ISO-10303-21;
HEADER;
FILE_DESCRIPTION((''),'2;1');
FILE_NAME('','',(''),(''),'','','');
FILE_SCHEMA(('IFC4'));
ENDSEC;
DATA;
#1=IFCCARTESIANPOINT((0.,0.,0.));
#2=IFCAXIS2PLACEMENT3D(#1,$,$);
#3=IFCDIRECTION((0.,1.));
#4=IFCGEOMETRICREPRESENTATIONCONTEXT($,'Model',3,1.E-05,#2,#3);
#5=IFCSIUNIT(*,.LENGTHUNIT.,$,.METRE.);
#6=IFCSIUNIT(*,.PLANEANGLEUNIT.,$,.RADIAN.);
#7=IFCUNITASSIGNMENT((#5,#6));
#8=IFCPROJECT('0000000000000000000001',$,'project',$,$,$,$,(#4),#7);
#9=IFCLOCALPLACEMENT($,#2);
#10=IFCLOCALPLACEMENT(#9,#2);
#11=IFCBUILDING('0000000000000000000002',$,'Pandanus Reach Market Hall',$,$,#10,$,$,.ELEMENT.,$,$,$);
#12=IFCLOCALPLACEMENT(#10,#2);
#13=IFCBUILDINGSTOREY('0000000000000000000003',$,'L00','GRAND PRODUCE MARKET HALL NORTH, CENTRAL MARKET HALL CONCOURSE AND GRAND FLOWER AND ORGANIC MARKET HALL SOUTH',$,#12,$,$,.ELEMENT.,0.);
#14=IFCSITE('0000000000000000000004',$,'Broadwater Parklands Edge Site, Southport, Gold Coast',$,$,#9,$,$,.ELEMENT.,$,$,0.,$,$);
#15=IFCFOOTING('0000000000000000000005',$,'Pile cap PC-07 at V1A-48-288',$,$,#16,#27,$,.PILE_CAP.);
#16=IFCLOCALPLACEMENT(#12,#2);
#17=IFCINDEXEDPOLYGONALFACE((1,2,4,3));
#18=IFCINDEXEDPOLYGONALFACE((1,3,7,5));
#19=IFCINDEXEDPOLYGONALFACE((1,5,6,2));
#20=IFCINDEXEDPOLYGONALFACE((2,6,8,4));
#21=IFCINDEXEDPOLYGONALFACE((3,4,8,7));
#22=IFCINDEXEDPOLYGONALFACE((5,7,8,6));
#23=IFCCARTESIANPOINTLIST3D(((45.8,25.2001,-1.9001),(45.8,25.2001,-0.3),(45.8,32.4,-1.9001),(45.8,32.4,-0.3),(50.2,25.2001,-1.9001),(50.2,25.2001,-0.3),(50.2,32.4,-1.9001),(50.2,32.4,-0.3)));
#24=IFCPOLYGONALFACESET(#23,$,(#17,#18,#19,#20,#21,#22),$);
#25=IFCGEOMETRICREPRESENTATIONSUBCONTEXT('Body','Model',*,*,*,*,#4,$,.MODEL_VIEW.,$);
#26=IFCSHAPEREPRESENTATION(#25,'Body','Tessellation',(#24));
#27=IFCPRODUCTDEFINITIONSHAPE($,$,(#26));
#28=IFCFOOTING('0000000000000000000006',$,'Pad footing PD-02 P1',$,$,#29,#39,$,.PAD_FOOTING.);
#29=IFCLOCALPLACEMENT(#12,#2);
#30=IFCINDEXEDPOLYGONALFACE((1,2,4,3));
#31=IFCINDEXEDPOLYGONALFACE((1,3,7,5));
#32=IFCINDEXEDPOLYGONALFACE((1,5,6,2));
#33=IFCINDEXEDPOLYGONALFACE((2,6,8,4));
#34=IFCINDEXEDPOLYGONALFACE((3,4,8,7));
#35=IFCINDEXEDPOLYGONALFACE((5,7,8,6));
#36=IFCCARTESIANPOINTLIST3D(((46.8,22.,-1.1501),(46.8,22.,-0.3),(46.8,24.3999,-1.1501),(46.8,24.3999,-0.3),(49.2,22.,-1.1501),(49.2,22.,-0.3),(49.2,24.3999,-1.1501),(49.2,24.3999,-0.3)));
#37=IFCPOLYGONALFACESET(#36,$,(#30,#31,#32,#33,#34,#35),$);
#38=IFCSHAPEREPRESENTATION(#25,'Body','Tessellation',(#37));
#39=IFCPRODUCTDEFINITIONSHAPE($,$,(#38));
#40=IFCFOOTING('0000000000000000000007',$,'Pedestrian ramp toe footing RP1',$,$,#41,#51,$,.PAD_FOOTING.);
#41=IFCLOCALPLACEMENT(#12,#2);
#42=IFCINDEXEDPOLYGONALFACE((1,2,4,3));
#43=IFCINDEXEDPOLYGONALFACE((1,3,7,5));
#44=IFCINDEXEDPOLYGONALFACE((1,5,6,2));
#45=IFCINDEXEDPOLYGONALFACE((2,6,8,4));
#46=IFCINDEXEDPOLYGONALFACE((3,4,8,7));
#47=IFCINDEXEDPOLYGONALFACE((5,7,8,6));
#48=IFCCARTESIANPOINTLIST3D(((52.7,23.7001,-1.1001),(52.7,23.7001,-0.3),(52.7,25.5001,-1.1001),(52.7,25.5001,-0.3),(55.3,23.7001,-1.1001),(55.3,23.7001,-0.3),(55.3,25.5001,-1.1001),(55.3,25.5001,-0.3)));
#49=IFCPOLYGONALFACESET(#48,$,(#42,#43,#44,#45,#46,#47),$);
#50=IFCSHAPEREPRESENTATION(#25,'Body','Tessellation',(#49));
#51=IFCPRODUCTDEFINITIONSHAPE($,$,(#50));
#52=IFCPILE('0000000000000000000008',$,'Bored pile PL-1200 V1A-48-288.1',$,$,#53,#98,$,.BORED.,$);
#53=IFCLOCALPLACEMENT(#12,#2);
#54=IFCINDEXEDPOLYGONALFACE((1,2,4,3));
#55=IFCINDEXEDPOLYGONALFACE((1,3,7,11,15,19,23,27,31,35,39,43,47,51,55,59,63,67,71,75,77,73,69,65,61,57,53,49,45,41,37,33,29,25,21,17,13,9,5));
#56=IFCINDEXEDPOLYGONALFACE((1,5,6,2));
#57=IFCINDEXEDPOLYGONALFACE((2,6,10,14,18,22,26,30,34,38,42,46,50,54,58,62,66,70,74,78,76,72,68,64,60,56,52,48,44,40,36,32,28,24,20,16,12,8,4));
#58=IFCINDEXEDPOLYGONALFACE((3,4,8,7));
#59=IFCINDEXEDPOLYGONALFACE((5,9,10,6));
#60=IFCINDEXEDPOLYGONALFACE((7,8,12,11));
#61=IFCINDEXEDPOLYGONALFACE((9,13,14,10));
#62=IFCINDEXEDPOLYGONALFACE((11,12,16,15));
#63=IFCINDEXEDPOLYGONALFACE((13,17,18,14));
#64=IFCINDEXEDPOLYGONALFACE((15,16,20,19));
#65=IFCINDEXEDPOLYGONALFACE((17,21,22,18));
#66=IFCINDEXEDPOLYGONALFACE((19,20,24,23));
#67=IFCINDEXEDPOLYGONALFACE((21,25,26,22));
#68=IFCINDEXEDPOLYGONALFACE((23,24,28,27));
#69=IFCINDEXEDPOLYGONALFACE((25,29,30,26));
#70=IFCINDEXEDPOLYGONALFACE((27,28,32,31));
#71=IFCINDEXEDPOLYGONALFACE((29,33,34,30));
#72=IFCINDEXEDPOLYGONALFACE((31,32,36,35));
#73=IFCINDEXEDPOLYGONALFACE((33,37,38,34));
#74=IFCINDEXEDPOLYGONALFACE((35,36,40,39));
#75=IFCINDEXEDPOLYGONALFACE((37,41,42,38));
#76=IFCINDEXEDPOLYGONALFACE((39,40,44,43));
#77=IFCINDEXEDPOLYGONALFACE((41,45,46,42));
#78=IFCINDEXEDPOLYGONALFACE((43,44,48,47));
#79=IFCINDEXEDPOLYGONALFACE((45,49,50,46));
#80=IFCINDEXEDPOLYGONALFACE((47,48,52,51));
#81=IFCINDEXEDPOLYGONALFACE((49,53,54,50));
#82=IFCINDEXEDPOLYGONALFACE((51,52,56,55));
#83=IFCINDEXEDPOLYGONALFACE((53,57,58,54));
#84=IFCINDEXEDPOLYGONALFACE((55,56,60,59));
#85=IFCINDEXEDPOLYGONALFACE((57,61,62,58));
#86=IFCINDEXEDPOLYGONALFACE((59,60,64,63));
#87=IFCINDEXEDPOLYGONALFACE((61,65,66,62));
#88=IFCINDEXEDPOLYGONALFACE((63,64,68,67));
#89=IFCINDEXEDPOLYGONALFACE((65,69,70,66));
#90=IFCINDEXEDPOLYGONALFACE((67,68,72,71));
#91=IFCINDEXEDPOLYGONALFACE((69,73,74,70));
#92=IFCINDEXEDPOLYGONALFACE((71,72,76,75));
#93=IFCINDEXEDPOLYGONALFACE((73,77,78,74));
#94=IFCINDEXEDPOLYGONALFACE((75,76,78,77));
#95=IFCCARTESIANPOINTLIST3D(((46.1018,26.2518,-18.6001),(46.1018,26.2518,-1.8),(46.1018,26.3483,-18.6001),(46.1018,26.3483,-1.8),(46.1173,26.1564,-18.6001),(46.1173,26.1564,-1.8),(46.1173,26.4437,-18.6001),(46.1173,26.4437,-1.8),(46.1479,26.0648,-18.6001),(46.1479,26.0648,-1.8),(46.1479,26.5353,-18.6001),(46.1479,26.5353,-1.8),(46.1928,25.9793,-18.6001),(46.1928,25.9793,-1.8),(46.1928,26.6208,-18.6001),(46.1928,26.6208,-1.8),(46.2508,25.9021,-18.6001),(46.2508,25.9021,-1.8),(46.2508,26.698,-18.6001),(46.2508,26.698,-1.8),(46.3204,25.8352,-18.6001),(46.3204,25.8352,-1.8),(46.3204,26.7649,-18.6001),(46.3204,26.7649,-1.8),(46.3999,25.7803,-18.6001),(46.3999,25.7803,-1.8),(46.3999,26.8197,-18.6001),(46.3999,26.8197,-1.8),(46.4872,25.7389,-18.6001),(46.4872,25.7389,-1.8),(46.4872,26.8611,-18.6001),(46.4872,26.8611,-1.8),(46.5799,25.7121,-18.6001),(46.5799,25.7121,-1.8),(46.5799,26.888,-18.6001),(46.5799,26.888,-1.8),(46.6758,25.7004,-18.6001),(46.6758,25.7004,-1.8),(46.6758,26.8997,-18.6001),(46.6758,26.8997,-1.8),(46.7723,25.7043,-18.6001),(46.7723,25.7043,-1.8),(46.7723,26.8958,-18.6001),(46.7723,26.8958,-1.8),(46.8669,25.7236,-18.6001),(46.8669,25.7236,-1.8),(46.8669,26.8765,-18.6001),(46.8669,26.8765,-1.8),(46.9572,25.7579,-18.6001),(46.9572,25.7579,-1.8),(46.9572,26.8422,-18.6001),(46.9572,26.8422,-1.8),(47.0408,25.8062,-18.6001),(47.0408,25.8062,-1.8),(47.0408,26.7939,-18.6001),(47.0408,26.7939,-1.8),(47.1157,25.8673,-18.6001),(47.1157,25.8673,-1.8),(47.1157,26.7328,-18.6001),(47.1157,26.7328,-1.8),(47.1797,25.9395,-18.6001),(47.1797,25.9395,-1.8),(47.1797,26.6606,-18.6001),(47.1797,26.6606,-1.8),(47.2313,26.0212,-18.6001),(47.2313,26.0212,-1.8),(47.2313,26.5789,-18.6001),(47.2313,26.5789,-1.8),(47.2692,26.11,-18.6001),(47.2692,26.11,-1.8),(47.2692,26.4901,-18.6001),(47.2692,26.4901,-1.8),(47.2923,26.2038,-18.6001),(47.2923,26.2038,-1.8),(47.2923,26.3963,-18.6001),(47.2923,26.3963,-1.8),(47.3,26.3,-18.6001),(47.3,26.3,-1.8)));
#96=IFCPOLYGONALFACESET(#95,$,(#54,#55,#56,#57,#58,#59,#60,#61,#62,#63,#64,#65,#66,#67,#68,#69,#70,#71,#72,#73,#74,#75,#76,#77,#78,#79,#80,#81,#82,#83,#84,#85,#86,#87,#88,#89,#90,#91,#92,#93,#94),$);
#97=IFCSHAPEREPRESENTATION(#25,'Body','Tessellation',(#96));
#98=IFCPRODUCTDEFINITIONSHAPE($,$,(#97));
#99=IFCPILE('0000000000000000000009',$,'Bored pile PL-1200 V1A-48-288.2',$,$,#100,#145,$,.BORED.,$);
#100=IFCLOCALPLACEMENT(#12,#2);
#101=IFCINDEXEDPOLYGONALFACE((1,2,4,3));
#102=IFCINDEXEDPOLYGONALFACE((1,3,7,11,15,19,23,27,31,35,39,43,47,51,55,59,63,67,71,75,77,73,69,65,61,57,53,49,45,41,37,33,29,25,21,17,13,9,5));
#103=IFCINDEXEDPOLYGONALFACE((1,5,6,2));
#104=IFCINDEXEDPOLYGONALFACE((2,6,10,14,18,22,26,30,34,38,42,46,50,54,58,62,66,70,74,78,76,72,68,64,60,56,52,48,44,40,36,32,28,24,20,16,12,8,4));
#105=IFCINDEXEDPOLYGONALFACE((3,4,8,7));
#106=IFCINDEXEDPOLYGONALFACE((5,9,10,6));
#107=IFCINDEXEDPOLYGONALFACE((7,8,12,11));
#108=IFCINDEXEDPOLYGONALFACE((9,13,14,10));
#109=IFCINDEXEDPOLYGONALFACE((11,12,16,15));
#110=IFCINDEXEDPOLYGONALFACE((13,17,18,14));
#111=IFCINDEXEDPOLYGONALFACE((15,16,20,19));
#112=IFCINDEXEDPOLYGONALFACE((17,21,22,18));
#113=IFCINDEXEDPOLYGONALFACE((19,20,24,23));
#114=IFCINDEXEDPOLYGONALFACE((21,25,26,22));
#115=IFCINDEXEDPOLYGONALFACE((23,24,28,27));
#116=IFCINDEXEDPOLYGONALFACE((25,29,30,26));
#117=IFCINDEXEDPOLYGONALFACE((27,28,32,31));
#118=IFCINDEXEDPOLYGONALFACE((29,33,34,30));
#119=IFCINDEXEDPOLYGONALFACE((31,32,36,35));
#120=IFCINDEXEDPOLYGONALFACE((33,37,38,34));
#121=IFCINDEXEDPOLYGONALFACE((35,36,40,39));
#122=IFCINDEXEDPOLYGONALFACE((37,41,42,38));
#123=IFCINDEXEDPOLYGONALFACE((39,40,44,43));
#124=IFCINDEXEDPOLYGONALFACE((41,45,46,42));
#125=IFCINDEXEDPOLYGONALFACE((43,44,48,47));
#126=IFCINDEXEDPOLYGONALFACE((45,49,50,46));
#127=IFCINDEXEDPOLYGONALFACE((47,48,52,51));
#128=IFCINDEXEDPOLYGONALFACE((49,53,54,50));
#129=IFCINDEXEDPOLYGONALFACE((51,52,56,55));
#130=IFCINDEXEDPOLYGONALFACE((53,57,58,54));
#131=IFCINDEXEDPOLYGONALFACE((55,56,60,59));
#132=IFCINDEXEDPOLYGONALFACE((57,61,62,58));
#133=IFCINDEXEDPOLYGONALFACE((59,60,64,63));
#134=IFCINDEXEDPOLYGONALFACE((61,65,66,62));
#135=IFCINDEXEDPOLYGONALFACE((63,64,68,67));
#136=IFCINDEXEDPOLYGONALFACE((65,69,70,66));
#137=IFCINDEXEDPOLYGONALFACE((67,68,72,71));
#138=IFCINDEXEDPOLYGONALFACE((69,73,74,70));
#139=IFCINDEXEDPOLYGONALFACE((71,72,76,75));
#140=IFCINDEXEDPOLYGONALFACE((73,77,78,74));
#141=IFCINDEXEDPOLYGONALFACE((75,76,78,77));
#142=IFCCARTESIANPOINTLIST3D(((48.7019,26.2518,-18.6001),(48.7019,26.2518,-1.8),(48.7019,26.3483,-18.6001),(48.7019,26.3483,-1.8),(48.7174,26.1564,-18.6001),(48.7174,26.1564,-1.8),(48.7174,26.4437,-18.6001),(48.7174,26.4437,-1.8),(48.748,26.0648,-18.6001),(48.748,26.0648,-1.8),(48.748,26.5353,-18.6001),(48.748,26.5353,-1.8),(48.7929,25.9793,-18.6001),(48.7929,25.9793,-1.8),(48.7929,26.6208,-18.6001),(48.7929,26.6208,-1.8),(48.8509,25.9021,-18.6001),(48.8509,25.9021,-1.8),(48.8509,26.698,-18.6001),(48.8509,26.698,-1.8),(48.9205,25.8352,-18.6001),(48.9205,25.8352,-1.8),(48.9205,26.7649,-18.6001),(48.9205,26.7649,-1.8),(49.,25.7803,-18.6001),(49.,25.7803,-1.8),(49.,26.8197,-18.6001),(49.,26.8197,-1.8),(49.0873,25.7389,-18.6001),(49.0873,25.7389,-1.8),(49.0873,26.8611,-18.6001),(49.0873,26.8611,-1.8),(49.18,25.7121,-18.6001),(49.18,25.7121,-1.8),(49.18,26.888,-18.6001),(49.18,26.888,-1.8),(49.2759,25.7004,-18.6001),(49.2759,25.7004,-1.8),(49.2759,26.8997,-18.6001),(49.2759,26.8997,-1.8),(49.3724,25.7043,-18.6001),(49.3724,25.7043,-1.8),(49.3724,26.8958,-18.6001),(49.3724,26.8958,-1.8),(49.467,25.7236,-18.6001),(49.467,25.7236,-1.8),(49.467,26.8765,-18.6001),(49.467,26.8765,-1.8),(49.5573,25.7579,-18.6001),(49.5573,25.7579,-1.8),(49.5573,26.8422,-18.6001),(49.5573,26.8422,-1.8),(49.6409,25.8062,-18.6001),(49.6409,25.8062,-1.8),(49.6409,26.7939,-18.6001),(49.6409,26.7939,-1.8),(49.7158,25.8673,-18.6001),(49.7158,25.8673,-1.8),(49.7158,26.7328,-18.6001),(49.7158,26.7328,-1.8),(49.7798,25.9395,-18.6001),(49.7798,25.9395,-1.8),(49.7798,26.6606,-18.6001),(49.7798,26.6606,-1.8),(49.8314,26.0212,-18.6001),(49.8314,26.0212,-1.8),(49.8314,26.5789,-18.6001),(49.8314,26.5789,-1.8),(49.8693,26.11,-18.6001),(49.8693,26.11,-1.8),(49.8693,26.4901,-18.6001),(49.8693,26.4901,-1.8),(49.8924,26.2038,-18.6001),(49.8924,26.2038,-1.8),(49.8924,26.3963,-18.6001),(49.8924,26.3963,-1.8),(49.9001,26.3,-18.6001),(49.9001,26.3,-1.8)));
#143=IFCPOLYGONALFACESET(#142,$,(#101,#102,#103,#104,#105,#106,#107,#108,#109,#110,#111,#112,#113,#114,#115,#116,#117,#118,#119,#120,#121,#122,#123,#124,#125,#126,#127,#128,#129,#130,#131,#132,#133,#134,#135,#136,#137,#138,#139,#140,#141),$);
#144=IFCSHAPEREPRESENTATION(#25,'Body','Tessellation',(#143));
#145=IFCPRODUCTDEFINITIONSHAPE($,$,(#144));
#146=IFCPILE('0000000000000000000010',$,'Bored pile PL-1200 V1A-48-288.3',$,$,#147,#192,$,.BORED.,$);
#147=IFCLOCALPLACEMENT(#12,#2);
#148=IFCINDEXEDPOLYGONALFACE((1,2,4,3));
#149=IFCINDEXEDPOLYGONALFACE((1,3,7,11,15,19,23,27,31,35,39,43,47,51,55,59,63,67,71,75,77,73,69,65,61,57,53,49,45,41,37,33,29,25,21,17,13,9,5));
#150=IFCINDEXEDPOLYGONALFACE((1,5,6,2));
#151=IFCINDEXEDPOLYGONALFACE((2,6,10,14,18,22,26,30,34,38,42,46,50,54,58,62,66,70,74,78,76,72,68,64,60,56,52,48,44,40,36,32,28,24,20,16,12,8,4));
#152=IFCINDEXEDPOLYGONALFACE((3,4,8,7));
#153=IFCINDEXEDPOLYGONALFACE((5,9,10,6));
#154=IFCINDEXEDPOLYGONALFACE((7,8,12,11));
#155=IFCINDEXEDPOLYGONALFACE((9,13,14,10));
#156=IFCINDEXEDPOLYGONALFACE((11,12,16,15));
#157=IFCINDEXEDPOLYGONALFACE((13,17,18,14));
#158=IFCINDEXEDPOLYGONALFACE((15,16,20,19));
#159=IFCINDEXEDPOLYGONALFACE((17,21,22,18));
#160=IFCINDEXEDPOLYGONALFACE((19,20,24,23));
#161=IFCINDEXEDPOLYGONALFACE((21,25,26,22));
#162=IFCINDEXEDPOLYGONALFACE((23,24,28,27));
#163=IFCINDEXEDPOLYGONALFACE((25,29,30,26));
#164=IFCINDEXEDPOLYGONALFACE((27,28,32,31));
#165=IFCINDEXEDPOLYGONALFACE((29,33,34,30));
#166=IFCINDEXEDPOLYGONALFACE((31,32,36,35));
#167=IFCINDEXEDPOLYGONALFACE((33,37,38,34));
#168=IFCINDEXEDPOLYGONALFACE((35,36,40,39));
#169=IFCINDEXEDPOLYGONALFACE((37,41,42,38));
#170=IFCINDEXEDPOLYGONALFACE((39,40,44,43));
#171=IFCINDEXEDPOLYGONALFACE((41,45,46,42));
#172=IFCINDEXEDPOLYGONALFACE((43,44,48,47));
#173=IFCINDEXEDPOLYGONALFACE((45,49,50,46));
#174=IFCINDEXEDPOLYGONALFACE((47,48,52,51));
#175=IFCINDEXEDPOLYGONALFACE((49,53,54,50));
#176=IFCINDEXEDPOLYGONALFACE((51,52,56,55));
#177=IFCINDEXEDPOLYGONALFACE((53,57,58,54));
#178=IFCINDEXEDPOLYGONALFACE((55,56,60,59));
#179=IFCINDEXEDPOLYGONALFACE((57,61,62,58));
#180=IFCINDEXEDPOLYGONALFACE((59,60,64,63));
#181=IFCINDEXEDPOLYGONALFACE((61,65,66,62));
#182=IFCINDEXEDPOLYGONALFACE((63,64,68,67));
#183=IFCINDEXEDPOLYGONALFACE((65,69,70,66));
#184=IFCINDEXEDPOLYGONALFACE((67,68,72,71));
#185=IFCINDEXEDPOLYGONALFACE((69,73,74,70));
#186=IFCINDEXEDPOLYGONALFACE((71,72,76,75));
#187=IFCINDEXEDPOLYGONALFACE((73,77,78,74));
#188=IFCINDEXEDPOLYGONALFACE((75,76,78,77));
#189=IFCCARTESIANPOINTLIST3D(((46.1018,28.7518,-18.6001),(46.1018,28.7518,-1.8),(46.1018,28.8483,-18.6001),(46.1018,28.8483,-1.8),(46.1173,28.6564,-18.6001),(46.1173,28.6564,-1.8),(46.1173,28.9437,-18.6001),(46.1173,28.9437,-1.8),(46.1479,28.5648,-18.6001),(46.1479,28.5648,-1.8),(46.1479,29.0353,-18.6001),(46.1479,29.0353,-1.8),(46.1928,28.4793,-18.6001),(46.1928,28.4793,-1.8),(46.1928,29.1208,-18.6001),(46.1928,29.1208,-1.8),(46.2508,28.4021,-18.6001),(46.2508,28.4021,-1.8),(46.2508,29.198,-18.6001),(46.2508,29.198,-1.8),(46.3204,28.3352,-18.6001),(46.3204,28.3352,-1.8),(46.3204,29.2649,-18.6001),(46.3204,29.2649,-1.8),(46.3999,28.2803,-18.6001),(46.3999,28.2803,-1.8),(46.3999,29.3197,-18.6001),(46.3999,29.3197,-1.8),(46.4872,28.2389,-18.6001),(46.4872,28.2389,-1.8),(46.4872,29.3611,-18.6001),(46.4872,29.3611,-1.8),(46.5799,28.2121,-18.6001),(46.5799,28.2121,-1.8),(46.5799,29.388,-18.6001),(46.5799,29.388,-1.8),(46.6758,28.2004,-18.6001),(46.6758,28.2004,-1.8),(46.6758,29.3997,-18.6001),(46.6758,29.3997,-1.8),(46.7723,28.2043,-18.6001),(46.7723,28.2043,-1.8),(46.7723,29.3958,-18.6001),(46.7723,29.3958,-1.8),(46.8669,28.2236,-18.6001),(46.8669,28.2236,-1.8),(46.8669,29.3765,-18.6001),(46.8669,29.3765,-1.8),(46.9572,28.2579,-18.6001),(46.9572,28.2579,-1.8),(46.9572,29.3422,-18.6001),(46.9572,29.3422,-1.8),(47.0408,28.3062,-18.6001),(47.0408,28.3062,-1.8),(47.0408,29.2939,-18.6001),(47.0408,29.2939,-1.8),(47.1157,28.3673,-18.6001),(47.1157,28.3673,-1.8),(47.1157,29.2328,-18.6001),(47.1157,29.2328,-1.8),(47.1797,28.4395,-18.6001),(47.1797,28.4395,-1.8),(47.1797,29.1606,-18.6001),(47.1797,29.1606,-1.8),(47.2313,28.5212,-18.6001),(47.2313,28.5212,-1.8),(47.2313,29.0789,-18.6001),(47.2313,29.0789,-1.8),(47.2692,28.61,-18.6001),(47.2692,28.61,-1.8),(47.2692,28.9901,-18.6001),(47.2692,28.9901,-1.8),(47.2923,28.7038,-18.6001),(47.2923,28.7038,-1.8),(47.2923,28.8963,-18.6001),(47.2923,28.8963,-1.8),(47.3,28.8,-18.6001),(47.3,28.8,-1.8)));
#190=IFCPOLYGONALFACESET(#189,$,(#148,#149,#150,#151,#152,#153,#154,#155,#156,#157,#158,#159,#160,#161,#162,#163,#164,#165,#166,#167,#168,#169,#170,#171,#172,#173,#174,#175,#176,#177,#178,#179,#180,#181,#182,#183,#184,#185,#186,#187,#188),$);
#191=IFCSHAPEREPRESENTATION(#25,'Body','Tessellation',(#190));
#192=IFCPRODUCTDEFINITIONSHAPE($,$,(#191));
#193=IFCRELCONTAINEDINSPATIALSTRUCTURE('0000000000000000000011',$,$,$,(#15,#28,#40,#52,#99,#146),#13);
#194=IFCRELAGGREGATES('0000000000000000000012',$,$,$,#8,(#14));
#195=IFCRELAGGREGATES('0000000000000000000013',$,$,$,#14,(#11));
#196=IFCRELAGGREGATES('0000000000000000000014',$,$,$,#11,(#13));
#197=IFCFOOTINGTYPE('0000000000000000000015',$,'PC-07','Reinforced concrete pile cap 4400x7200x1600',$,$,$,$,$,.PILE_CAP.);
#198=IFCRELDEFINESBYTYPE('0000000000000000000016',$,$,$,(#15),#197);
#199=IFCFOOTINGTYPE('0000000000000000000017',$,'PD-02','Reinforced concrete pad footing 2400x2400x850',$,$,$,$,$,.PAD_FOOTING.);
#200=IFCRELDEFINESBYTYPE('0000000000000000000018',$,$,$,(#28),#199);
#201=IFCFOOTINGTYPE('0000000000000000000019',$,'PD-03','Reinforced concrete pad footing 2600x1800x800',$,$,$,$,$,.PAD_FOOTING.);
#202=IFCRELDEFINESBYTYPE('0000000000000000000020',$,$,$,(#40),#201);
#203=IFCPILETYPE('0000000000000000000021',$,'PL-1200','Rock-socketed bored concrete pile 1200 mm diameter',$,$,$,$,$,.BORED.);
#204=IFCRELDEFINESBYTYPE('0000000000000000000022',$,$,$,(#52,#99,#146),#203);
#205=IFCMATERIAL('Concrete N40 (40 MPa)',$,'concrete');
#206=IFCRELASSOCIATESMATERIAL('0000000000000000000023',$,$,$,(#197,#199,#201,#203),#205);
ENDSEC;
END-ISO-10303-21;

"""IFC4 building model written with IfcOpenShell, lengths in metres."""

from ifc_helpers import new_model, si_unit, direction, frame, origin, origin_2d, place, context, subcontext, project, spatial, rectangle, circle, extrude, material, material_profile, profile_set, type_object, element, save


model = new_model("IFC4")

# Units and contexts
model_context = context("Model", 3, precision=1e-05, world=origin(), true_north=direction((0.0, 1.0)))
body_context = subcontext(model_context, "Body", "Model", "MODEL_VIEW")
ifc_project = project(units=[si_unit("LENGTHUNIT", "METRE"), si_unit("PLANEANGLEUNIT", "RADIAN")], contexts=[model_context])

# Site, building, storey
site_placement = place(None, origin())
site = spatial("IfcSite", under=ifc_project, at=site_placement, Name="Broadwater Parklands Edge Site, Southport, Gold Coast", CompositionType="ELEMENT", RefElevation=0.0)
building_placement = place(site_placement, origin())
building = spatial("IfcBuilding", under=site, at=building_placement, Name="Pandanus Reach Market Hall", CompositionType="ELEMENT")
storey_placement = place(building_placement, origin())
storey = spatial("IfcBuildingStorey", under=building, at=storey_placement, Name="L00", Description="GRAND PRODUCE MARKET HALL NORTH, CENTRAL MARKET HALL CONCOURSE AND GRAND FLOWER AND ORGANIC MARKET HALL SOUTH", CompositionType="ELEMENT", Elevation=0.0)

# Footings
ifc_material_1 = material(Name="Concrete N40 (40 MPa)", Category="concrete")
footing_type_1 = type_object("IfcFootingType", Name="PC-07", Description="Reinforced concrete pile cap 4400x7200x1600", PredefinedType="PILE_CAP", material=ifc_material_1)
footing_1_placement = place(storey_placement, frame((48.0, 28.8, -1.9001), z_axis=(0.0, 0.0, 1.0), x_axis=(1.0, 0.0, 0.0)))
element("IfcFooting", 1, at=footing_1_placement, inside=storey, type_object=footing_type_1, Name="Pile cap PC-07 at V1A-48-288", PredefinedType="PILE_CAP", context=body_context, shape_type="SweptSolid", body=[
    extrude(rectangle(XDim=4.3999, YDim=7.2, at=origin_2d()), origin(), (0.0, 0.0, 1.0), 1.6001),
])
footing_type_2 = type_object("IfcFootingType", Name="PD-02", Description="Reinforced concrete pad footing 2400x2400x850", PredefinedType="PAD_FOOTING", material=ifc_material_1)
footing_2_placement = place(storey_placement, frame((48.0, 23.2, -1.1501), z_axis=(0.0, 0.0, 1.0), x_axis=(1.0, 0.0, 0.0)))
element("IfcFooting", 2, at=footing_2_placement, inside=storey, type_object=footing_type_2, Name="Pad footing PD-02 P1", PredefinedType="PAD_FOOTING", context=body_context, shape_type="SweptSolid", body=[
    extrude(rectangle(XDim=2.3999, YDim=2.3999, at=origin_2d()), origin(), (0.0, 0.0, 1.0), 0.8501),
])
footing_type_3 = type_object("IfcFootingType", Name="PD-03", Description="Reinforced concrete pad footing 2600x1800x800", PredefinedType="PAD_FOOTING", material=ifc_material_1)
footing_3_placement = place(storey_placement, frame((54.0, 24.6001, -1.1001), z_axis=(0.0, 0.0, 1.0), x_axis=(1.0, 0.0, 0.0)))
element("IfcFooting", 3, at=footing_3_placement, inside=storey, type_object=footing_type_3, Name="Pedestrian ramp toe footing RP1", PredefinedType="PAD_FOOTING", context=body_context, shape_type="SweptSolid", body=[
    extrude(rectangle(XDim=2.6001, YDim=1.8, at=origin_2d()), origin(), (0.0, 0.0, 1.0), 0.8),
])

# Piles
ifc_material_profile_1 = material_profile(ifc_material_1, circle(Radius=0.6001, at=origin_2d()), Name="PILE-1200D", Category="LoadBearing")
ifc_profile_set_1 = profile_set([ifc_material_profile_1], Name="Concrete N40 (40 MPa)")
pile_type_1 = type_object("IfcPileType", Name="PL-1200", Description="Rock-socketed bored concrete pile 1200 mm diameter", PredefinedType="BORED", material=ifc_profile_set_1)
for number, where, z_axis, x_axis, name in (
    (4, (46.7, 26.3, -1.8), (0.0, 0.0, -1.0), (1.0, 0.0, 0.0), "Bored pile PL-1200 V1A-48-288.1"),
    (5, (49.3, 26.3, -1.8), (0.0, 0.0, -1.0), (1.0, 0.0, 0.0), "Bored pile PL-1200 V1A-48-288.2"),
    (6, (46.7, 28.8, -1.8), (0.0, 0.0, -1.0), (1.0, 0.0, 0.0), "Bored pile PL-1200 V1A-48-288.3"),
):
    element("IfcPile", number, at=place(storey_placement, frame(where, z_axis=z_axis, x_axis=x_axis)), inside=storey, type_object=pile_type_1, Name=name, PredefinedType="BORED", context=body_context, shape_type="SweptSolid", body=[
        extrude(circle(Radius=0.6001, at=origin_2d()), origin(), (0.0, 0.0, 1.0), 16.8),
    ])

save(model, "model.ifc")
